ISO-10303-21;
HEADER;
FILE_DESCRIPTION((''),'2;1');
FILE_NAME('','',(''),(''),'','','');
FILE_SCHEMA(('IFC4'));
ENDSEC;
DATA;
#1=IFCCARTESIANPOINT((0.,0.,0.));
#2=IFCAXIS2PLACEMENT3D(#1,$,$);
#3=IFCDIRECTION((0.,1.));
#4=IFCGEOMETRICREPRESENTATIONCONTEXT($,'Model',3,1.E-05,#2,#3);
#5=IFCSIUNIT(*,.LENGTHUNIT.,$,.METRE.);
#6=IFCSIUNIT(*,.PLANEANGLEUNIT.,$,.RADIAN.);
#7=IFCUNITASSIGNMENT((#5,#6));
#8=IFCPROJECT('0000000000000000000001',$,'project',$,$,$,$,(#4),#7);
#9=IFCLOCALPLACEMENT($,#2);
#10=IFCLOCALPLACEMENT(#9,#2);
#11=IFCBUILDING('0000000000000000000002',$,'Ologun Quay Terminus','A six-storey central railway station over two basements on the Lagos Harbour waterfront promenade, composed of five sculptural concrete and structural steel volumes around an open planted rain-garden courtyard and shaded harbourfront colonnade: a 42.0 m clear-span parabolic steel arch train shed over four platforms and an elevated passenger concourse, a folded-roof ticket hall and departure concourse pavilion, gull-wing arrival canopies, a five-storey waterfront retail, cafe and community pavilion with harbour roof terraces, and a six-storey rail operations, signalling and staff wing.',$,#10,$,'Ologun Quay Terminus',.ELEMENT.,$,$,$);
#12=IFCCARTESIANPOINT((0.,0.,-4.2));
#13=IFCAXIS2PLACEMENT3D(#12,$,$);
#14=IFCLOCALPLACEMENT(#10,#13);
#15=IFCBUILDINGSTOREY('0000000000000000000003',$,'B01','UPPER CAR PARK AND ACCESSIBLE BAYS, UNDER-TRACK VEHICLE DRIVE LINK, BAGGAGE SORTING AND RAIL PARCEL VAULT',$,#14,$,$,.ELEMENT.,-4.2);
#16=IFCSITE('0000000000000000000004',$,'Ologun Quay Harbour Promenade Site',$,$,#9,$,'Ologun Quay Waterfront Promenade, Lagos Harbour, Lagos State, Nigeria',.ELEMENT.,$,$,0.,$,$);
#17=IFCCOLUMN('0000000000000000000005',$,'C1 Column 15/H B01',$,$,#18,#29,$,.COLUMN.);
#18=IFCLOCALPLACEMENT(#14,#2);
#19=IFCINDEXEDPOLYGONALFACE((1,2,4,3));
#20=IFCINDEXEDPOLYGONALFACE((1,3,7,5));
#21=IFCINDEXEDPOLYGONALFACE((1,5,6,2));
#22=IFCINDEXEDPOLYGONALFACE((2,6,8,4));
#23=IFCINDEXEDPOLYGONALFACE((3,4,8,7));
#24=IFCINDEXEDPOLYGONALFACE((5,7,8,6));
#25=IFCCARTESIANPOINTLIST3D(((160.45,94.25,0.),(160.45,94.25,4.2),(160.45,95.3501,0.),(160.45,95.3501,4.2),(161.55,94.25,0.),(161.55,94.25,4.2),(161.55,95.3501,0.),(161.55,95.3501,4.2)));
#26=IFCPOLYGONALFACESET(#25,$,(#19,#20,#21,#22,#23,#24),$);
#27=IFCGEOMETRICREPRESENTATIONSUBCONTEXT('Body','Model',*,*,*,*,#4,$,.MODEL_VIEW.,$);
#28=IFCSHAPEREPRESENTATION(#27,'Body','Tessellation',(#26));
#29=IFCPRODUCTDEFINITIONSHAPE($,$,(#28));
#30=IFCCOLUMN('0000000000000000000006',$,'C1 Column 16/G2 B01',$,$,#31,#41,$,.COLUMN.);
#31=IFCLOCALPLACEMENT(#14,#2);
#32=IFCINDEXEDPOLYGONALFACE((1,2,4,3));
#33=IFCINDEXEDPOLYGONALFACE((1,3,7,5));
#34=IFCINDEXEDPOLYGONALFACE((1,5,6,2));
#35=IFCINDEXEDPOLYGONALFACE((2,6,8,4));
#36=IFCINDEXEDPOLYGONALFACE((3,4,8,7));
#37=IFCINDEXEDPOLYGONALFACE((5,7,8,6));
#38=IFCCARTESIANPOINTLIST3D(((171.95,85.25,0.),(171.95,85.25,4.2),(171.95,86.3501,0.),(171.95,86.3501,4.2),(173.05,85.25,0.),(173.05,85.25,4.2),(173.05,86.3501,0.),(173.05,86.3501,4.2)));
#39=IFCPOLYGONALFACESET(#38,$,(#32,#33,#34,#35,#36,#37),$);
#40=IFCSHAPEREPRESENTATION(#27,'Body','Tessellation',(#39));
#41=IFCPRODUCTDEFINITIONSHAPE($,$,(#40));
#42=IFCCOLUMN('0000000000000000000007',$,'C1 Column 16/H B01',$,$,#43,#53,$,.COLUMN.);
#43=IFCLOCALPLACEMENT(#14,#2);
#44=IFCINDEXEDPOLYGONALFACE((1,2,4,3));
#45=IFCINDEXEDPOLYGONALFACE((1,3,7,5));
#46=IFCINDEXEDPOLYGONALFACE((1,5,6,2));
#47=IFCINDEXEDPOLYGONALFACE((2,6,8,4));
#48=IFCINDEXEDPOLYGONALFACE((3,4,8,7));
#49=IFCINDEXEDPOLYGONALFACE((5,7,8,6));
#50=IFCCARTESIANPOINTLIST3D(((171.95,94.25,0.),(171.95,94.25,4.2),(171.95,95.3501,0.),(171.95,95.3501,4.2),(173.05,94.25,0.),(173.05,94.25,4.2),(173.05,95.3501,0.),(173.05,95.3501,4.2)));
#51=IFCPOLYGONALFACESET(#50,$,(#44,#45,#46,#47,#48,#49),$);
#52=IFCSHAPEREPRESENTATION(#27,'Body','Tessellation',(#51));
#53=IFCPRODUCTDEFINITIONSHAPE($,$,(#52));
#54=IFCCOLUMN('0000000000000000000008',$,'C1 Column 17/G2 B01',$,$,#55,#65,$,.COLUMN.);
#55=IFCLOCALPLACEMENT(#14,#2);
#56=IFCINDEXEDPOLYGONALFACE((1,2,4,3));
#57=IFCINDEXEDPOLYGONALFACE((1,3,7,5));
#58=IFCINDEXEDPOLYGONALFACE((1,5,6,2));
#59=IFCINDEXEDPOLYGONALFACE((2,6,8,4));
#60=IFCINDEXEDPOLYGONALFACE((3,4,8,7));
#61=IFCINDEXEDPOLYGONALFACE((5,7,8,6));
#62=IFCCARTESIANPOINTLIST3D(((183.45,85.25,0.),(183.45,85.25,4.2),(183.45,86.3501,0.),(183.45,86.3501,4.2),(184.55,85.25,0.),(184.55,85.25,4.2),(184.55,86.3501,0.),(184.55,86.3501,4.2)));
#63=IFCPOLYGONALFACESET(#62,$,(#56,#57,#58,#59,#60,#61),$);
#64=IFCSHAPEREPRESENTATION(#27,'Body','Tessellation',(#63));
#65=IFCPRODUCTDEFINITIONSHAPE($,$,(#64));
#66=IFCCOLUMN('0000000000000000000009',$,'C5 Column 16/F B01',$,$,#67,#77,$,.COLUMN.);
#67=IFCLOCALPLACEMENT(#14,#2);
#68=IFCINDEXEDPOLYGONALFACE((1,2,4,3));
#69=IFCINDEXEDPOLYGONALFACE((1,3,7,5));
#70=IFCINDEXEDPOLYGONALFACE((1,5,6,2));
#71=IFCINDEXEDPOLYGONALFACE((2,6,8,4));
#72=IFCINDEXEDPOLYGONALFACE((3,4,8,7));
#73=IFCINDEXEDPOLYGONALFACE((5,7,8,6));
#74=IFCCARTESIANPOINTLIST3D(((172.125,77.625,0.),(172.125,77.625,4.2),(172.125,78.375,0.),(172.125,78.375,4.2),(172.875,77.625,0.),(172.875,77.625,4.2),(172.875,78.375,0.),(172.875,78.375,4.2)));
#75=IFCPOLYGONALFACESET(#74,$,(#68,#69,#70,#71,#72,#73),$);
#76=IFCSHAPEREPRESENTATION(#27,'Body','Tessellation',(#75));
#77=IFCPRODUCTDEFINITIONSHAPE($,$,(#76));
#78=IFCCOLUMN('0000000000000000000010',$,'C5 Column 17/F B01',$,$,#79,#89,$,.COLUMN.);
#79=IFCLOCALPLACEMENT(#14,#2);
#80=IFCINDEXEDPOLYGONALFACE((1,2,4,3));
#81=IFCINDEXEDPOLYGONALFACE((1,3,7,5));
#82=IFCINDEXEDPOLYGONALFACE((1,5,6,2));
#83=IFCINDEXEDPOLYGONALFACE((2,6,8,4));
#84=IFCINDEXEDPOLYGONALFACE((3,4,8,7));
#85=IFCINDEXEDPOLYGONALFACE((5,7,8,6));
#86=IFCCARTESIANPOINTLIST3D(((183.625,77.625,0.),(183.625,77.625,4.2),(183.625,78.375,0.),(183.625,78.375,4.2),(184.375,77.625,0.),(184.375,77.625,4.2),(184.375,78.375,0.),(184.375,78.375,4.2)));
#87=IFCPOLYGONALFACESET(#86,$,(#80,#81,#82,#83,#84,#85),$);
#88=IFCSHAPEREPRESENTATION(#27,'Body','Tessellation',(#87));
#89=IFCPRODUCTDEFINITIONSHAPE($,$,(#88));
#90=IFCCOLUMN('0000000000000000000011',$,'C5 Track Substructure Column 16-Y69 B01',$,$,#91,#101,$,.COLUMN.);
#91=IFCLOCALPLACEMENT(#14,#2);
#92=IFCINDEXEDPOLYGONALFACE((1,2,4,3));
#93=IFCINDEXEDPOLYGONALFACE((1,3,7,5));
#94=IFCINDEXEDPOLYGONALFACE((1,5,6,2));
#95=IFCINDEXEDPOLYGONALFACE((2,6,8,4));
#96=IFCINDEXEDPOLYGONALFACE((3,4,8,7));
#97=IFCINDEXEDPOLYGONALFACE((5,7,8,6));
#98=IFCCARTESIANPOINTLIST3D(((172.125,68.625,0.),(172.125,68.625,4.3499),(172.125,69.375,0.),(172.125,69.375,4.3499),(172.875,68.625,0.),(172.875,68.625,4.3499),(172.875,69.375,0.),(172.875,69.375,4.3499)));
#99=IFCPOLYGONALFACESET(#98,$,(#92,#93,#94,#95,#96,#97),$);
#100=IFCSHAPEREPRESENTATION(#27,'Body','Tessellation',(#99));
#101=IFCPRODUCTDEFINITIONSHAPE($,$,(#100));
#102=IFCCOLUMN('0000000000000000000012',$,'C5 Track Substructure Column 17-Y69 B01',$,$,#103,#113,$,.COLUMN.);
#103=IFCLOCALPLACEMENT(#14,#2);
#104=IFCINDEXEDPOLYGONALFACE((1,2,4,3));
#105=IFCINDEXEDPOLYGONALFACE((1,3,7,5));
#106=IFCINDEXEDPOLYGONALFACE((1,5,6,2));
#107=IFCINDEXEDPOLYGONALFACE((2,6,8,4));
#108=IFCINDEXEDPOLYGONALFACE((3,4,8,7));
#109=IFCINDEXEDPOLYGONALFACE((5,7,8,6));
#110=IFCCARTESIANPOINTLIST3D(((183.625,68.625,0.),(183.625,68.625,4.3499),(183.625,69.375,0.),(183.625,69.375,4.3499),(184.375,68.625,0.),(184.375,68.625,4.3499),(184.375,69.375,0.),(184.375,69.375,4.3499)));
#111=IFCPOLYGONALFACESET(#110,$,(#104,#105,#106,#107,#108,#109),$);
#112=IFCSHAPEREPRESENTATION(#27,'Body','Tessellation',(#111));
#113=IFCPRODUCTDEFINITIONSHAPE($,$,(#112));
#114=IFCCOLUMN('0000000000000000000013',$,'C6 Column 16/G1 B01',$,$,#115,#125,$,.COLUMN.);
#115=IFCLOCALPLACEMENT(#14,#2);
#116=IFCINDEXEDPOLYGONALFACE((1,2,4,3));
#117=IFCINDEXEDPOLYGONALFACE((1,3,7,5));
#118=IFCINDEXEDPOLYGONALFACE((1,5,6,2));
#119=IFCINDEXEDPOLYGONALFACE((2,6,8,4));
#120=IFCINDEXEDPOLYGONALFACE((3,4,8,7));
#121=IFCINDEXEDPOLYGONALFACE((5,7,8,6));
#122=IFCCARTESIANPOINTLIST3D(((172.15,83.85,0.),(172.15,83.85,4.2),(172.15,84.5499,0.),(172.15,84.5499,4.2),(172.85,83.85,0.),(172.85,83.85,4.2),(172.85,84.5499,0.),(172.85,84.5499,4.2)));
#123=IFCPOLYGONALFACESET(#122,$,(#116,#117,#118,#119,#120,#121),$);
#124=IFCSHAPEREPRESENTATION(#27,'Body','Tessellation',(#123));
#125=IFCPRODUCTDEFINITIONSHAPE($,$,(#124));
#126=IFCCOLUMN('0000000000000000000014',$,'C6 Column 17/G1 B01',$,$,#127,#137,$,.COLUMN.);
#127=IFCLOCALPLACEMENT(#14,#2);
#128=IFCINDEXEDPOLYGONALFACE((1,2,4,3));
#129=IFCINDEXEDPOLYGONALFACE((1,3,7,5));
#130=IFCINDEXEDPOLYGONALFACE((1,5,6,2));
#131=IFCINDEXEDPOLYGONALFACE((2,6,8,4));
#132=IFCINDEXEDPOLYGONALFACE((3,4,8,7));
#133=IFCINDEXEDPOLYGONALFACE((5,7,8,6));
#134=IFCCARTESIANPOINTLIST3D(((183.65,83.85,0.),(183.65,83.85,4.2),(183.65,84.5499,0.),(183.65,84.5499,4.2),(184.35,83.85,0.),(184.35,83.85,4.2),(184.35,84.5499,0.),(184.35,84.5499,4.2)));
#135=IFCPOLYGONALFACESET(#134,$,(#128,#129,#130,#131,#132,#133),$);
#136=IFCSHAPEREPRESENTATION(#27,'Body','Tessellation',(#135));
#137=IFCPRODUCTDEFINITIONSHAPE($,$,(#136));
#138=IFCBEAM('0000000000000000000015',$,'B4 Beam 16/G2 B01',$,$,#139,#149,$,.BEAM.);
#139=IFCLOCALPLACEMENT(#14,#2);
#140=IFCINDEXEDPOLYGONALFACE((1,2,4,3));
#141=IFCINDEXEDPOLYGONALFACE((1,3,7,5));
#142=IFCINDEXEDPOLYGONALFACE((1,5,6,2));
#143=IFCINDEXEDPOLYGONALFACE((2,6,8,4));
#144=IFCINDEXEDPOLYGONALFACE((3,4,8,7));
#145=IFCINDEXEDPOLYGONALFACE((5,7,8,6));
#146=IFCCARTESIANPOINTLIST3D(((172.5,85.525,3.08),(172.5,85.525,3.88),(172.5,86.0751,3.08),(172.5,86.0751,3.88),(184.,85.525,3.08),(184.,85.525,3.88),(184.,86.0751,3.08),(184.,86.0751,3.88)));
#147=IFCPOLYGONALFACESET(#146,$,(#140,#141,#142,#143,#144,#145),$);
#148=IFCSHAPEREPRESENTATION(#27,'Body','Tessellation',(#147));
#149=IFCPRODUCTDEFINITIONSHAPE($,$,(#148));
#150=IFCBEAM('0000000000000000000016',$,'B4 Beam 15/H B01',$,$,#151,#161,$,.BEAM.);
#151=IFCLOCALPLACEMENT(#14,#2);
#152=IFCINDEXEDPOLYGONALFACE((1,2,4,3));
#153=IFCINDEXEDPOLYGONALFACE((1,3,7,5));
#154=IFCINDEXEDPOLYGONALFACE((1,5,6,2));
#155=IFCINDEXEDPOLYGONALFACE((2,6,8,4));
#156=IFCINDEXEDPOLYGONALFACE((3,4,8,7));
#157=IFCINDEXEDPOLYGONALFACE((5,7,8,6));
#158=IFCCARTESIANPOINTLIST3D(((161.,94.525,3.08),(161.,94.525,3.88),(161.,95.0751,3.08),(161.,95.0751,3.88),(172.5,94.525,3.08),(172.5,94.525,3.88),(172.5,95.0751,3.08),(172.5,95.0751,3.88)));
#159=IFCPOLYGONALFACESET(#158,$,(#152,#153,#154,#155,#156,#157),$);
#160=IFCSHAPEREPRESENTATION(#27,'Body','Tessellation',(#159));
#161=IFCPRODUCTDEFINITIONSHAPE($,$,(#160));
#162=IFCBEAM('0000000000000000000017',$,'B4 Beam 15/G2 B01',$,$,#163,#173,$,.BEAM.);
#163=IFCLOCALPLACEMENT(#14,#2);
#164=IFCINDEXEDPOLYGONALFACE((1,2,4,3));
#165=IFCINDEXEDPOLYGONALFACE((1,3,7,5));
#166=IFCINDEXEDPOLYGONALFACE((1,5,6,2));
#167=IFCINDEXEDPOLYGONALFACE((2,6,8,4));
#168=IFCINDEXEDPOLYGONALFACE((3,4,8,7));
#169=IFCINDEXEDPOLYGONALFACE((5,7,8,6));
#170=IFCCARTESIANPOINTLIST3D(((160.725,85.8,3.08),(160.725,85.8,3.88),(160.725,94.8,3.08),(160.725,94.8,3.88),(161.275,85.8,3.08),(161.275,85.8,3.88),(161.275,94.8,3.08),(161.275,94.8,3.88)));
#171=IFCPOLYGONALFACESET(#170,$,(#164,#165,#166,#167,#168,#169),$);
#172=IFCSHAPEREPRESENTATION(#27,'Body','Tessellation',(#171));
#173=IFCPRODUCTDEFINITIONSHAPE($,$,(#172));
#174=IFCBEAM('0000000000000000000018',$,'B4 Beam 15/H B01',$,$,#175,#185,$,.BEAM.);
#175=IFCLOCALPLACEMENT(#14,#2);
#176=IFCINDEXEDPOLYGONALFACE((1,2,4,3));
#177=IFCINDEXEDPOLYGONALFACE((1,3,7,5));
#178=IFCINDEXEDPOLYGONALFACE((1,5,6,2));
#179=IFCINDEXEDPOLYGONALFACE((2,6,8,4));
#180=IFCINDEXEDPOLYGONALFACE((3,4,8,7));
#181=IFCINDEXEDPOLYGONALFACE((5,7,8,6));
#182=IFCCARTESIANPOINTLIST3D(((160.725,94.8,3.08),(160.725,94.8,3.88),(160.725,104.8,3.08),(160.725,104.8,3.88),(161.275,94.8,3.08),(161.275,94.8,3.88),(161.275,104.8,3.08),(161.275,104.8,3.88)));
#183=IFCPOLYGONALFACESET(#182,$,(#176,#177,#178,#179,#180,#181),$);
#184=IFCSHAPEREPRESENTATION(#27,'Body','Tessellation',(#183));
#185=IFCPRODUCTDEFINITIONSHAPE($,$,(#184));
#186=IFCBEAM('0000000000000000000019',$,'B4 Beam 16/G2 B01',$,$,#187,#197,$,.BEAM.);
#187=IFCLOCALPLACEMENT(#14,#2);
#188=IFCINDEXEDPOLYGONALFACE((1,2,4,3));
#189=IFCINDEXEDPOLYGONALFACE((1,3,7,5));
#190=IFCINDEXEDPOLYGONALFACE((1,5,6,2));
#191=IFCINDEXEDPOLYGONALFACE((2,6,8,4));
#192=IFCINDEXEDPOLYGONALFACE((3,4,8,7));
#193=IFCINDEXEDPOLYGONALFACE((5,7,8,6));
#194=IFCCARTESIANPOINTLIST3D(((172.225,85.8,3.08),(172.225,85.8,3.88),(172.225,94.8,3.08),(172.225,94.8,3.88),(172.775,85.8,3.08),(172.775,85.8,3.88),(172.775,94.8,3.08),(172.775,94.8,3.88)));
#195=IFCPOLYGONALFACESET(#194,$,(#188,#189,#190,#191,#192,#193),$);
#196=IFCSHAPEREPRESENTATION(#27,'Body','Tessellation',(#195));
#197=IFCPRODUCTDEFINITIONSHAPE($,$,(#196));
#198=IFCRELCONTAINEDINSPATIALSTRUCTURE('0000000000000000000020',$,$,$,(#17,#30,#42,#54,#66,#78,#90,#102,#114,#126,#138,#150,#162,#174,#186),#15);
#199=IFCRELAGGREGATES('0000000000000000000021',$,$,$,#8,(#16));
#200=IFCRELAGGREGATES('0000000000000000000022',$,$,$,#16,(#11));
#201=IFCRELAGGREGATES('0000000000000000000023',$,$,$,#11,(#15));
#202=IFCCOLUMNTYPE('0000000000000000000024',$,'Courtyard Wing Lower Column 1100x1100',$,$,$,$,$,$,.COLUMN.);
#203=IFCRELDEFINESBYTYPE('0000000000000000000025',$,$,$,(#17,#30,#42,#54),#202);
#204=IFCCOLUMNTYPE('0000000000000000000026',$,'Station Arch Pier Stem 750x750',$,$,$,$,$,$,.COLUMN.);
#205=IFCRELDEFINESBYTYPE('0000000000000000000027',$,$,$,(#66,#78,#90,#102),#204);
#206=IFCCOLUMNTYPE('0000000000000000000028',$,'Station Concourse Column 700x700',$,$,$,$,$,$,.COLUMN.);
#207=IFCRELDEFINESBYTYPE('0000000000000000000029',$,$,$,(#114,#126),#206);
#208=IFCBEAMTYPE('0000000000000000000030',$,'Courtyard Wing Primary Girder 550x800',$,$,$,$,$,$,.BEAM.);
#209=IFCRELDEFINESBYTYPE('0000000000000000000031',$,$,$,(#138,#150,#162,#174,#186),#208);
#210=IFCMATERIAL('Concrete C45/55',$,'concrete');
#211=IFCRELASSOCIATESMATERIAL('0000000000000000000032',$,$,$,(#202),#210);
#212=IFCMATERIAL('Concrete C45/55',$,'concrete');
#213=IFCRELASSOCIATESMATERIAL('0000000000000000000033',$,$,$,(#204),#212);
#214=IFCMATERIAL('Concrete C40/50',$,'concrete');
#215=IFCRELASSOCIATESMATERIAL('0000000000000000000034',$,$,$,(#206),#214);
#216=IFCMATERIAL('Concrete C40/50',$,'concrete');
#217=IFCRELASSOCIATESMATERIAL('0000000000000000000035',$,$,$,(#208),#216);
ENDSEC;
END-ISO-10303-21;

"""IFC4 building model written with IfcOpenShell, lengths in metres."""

from ifc_helpers import new_model, si_unit, direction, frame, origin, origin_2d, place, context, subcontext, project, spatial, rectangle, extrude, material, material_profile, profile_set, type_object, element, save


model = new_model("IFC4")

# Units and contexts
model_context = context("Model", 3, precision=1e-05, world=origin(), true_north=direction((0.0, 1.0)))
body_context = subcontext(model_context, "Body", "Model", "MODEL_VIEW")
ifc_project = project(units=[si_unit("LENGTHUNIT", "METRE"), si_unit("PLANEANGLEUNIT", "RADIAN")], contexts=[model_context])

# Site, building, storey
site_placement = place(None, origin())
site = spatial("IfcSite", under=ifc_project, at=site_placement, Name="Ologun Quay Harbour Promenade Site", LongName="Ologun Quay Waterfront Promenade, Lagos Harbour, Lagos State, Nigeria", CompositionType="ELEMENT", RefElevation=0.0)
building_placement = place(site_placement, origin())
building = spatial("IfcBuilding", under=site, at=building_placement, Name="Ologun Quay Terminus", Description="A six-storey central railway station over two basements on the Lagos Harbour waterfront promenade, composed of five sculptural concrete and structural steel volumes around an open planted rain-garden courtyard and shaded harbourfront colonnade: a 42.0 m clear-span parabolic steel arch train shed over four platforms and an elevated passenger concourse, a folded-roof ticket hall and departure concourse pavilion, gull-wing arrival canopies, a five-storey waterfront retail, cafe and community pavilion with harbour roof terraces, and a six-storey rail operations, signalling and staff wing.", LongName="Ologun Quay Terminus", CompositionType="ELEMENT")
storey_placement = place(building_placement, frame((0.0, 0.0, -4.2)))
storey = spatial("IfcBuildingStorey", under=building, at=storey_placement, Name="B01", Description="UPPER CAR PARK AND ACCESSIBLE BAYS, UNDER-TRACK VEHICLE DRIVE LINK, BAGGAGE SORTING AND RAIL PARCEL VAULT", CompositionType="ELEMENT", Elevation=-4.2)

# Columns
ifc_material_1 = material(Name="Concrete C45/55", Category="concrete")
ifc_material_profile_1 = material_profile(ifc_material_1, rectangle(XDim=1.1001, YDim=1.1001, at=origin_2d()), Name="RC 1100x1100")
ifc_profile_set_1 = profile_set([ifc_material_profile_1], Name="Concrete C45/55")
column_type_1 = type_object("IfcColumnType", Name="Courtyard Wing Lower Column 1100x1100", PredefinedType="COLUMN", material=ifc_profile_set_1)
for number, where, z_axis, x_axis, name in (
    (1, (161.0, 94.8, 0.0), (0.0, 0.0, 1.0), (1.0, 0.0, 0.0), "C1 Column 15/H B01"),
    (2, (172.5, 85.8, 0.0), (0.0, 0.0, 1.0), (1.0, 0.0, 0.0), "C1 Column 16/G2 B01"),
    (3, (172.5, 94.8, 0.0), (0.0, 0.0, 1.0), (1.0, 0.0, 0.0), "C1 Column 16/H B01"),
    (4, (184.0, 85.8, 0.0), (0.0, 0.0, 1.0), (1.0, 0.0, 0.0), "C1 Column 17/G2 B01"),
):
    element("IfcColumn", number, at=place(storey_placement, frame(where, z_axis=z_axis, x_axis=x_axis)), inside=storey, type_object=column_type_1, Name=name, PredefinedType="COLUMN", context=body_context, shape_type="SweptSolid", body=[
        extrude(rectangle(XDim=1.1001, YDim=1.1001, at=origin_2d()), origin(), (0.0, 0.0, 1.0), 4.2),
    ])
ifc_material_2 = material(Name="Concrete C45/55", Category="concrete")
ifc_material_profile_2 = material_profile(ifc_material_2, rectangle(XDim=0.75, YDim=0.75, at=origin_2d()), Name="RC 750x750")
ifc_profile_set_2 = profile_set([ifc_material_profile_2], Name="Concrete C45/55")
column_type_2 = type_object("IfcColumnType", Name="Station Arch Pier Stem 750x750", PredefinedType="COLUMN", material=ifc_profile_set_2)
for number, where, z_axis, x_axis, name in (
    (5, (172.5, 78.0, 0.0), (0.0, 0.0, 1.0), (1.0, 0.0, 0.0), "C5 Column 16/F B01"),
    (6, (184.0, 78.0, 0.0), (0.0, 0.0, 1.0), (1.0, 0.0, 0.0), "C5 Column 17/F B01"),
):
    element("IfcColumn", number, at=place(storey_placement, frame(where, z_axis=z_axis, x_axis=x_axis)), inside=storey, type_object=column_type_2, Name=name, PredefinedType="COLUMN", context=body_context, shape_type="SweptSolid", body=[
        extrude(rectangle(XDim=0.75, YDim=0.75, at=origin_2d()), origin(), (0.0, 0.0, 1.0), 4.2),
    ])
for number, where, z_axis, x_axis, name in (
    (7, (172.5, 69.0, 0.0), (0.0, 0.0, 1.0), (1.0, 0.0, 0.0), "C5 Track Substructure Column 16-Y69 B01"),
    (8, (184.0, 69.0, 0.0), (0.0, 0.0, 1.0), (1.0, 0.0, 0.0), "C5 Track Substructure Column 17-Y69 B01"),
):
    element("IfcColumn", number, at=place(storey_placement, frame(where, z_axis=z_axis, x_axis=x_axis)), inside=storey, type_object=column_type_2, Name=name, PredefinedType="COLUMN", context=body_context, shape_type="SweptSolid", body=[
        extrude(rectangle(XDim=0.75, YDim=0.75, at=origin_2d()), origin(), (0.0, 0.0, 1.0), 4.3499),
    ])
ifc_material_3 = material(Name="Concrete C40/50", Category="concrete")
ifc_material_profile_3 = material_profile(ifc_material_3, rectangle(XDim=0.7, YDim=0.7, at=origin_2d()), Name="RC 700x700")
ifc_profile_set_3 = profile_set([ifc_material_profile_3], Name="Concrete C40/50")
column_type_3 = type_object("IfcColumnType", Name="Station Concourse Column 700x700", PredefinedType="COLUMN", material=ifc_profile_set_3)
for number, where, z_axis, x_axis, name in (
    (9, (172.5, 84.2, 0.0), (0.0, 0.0, 1.0), (1.0, 0.0, 0.0), "C6 Column 16/G1 B01"),
    (10, (184.0, 84.2, 0.0), (0.0, 0.0, 1.0), (1.0, 0.0, 0.0), "C6 Column 17/G1 B01"),
):
    element("IfcColumn", number, at=place(storey_placement, frame(where, z_axis=z_axis, x_axis=x_axis)), inside=storey, type_object=column_type_3, Name=name, PredefinedType="COLUMN", context=body_context, shape_type="SweptSolid", body=[
        extrude(rectangle(XDim=0.7, YDim=0.7, at=origin_2d()), origin(), (0.0, 0.0, 1.0), 4.2),
    ])

# Beams
ifc_material_4 = material(Name="Concrete C40/50", Category="concrete")
ifc_material_profile_4 = material_profile(ifc_material_4, rectangle(XDim=0.55, YDim=0.8, at=origin_2d()), Name="RC 550x800")
ifc_profile_set_4 = profile_set([ifc_material_profile_4], Name="Concrete C40/50")
beam_type_1 = type_object("IfcBeamType", Name="Courtyard Wing Primary Girder 550x800", PredefinedType="BEAM", material=ifc_profile_set_4)
for number, where, z_axis, x_axis, name in (
    (11, (172.5, 85.8, 3.48), (1.0, 0.0, 0.0), (0.0, 1.0, 0.0), "B4 Beam 16/G2 B01"),
    (12, (161.0, 94.8, 3.48), (1.0, 0.0, 0.0), (0.0, 1.0, 0.0), "B4 Beam 15/H B01"),
):
    element("IfcBeam", number, at=place(storey_placement, frame(where, z_axis=z_axis, x_axis=x_axis)), inside=storey, type_object=beam_type_1, Name=name, PredefinedType="BEAM", context=body_context, shape_type="SweptSolid", body=[
        extrude(rectangle(XDim=0.55, YDim=0.8, at=origin_2d()), origin(), (0.0, 0.0, 1.0), 11.5),
    ])
beam_1_placement = place(storey_placement, frame((161.0, 85.8, 3.48), z_axis=(0.0, 1.0, 0.0), x_axis=(-1.0, 0.0, 0.0)))
element("IfcBeam", 13, at=beam_1_placement, inside=storey, type_object=beam_type_1, Name="B4 Beam 15/G2 B01", PredefinedType="BEAM", context=body_context, shape_type="SweptSolid", body=[
    extrude(rectangle(XDim=0.55, YDim=0.8, at=origin_2d()), origin(), (0.0, 0.0, 1.0), 9.0),
])
beam_2_placement = place(storey_placement, frame((161.0, 94.8, 3.48), z_axis=(0.0, 1.0, 0.0), x_axis=(-1.0, 0.0, 0.0)))
element("IfcBeam", 14, at=beam_2_placement, inside=storey, type_object=beam_type_1, Name="B4 Beam 15/H B01", PredefinedType="BEAM", context=body_context, shape_type="SweptSolid", body=[
    extrude(rectangle(XDim=0.55, YDim=0.8, at=origin_2d()), origin(), (0.0, 0.0, 1.0), 10.0),
])
beam_3_placement = place(storey_placement, frame((172.5, 85.8, 3.48), z_axis=(0.0, 1.0, 0.0), x_axis=(-1.0, 0.0, 0.0)))
element("IfcBeam", 15, at=beam_3_placement, inside=storey, type_object=beam_type_1, Name="B4 Beam 16/G2 B01", PredefinedType="BEAM", context=body_context, shape_type="SweptSolid", body=[
    extrude(rectangle(XDim=0.55, YDim=0.8, at=origin_2d()), origin(), (0.0, 0.0, 1.0), 9.0),
])

save(model, "model.ifc")
